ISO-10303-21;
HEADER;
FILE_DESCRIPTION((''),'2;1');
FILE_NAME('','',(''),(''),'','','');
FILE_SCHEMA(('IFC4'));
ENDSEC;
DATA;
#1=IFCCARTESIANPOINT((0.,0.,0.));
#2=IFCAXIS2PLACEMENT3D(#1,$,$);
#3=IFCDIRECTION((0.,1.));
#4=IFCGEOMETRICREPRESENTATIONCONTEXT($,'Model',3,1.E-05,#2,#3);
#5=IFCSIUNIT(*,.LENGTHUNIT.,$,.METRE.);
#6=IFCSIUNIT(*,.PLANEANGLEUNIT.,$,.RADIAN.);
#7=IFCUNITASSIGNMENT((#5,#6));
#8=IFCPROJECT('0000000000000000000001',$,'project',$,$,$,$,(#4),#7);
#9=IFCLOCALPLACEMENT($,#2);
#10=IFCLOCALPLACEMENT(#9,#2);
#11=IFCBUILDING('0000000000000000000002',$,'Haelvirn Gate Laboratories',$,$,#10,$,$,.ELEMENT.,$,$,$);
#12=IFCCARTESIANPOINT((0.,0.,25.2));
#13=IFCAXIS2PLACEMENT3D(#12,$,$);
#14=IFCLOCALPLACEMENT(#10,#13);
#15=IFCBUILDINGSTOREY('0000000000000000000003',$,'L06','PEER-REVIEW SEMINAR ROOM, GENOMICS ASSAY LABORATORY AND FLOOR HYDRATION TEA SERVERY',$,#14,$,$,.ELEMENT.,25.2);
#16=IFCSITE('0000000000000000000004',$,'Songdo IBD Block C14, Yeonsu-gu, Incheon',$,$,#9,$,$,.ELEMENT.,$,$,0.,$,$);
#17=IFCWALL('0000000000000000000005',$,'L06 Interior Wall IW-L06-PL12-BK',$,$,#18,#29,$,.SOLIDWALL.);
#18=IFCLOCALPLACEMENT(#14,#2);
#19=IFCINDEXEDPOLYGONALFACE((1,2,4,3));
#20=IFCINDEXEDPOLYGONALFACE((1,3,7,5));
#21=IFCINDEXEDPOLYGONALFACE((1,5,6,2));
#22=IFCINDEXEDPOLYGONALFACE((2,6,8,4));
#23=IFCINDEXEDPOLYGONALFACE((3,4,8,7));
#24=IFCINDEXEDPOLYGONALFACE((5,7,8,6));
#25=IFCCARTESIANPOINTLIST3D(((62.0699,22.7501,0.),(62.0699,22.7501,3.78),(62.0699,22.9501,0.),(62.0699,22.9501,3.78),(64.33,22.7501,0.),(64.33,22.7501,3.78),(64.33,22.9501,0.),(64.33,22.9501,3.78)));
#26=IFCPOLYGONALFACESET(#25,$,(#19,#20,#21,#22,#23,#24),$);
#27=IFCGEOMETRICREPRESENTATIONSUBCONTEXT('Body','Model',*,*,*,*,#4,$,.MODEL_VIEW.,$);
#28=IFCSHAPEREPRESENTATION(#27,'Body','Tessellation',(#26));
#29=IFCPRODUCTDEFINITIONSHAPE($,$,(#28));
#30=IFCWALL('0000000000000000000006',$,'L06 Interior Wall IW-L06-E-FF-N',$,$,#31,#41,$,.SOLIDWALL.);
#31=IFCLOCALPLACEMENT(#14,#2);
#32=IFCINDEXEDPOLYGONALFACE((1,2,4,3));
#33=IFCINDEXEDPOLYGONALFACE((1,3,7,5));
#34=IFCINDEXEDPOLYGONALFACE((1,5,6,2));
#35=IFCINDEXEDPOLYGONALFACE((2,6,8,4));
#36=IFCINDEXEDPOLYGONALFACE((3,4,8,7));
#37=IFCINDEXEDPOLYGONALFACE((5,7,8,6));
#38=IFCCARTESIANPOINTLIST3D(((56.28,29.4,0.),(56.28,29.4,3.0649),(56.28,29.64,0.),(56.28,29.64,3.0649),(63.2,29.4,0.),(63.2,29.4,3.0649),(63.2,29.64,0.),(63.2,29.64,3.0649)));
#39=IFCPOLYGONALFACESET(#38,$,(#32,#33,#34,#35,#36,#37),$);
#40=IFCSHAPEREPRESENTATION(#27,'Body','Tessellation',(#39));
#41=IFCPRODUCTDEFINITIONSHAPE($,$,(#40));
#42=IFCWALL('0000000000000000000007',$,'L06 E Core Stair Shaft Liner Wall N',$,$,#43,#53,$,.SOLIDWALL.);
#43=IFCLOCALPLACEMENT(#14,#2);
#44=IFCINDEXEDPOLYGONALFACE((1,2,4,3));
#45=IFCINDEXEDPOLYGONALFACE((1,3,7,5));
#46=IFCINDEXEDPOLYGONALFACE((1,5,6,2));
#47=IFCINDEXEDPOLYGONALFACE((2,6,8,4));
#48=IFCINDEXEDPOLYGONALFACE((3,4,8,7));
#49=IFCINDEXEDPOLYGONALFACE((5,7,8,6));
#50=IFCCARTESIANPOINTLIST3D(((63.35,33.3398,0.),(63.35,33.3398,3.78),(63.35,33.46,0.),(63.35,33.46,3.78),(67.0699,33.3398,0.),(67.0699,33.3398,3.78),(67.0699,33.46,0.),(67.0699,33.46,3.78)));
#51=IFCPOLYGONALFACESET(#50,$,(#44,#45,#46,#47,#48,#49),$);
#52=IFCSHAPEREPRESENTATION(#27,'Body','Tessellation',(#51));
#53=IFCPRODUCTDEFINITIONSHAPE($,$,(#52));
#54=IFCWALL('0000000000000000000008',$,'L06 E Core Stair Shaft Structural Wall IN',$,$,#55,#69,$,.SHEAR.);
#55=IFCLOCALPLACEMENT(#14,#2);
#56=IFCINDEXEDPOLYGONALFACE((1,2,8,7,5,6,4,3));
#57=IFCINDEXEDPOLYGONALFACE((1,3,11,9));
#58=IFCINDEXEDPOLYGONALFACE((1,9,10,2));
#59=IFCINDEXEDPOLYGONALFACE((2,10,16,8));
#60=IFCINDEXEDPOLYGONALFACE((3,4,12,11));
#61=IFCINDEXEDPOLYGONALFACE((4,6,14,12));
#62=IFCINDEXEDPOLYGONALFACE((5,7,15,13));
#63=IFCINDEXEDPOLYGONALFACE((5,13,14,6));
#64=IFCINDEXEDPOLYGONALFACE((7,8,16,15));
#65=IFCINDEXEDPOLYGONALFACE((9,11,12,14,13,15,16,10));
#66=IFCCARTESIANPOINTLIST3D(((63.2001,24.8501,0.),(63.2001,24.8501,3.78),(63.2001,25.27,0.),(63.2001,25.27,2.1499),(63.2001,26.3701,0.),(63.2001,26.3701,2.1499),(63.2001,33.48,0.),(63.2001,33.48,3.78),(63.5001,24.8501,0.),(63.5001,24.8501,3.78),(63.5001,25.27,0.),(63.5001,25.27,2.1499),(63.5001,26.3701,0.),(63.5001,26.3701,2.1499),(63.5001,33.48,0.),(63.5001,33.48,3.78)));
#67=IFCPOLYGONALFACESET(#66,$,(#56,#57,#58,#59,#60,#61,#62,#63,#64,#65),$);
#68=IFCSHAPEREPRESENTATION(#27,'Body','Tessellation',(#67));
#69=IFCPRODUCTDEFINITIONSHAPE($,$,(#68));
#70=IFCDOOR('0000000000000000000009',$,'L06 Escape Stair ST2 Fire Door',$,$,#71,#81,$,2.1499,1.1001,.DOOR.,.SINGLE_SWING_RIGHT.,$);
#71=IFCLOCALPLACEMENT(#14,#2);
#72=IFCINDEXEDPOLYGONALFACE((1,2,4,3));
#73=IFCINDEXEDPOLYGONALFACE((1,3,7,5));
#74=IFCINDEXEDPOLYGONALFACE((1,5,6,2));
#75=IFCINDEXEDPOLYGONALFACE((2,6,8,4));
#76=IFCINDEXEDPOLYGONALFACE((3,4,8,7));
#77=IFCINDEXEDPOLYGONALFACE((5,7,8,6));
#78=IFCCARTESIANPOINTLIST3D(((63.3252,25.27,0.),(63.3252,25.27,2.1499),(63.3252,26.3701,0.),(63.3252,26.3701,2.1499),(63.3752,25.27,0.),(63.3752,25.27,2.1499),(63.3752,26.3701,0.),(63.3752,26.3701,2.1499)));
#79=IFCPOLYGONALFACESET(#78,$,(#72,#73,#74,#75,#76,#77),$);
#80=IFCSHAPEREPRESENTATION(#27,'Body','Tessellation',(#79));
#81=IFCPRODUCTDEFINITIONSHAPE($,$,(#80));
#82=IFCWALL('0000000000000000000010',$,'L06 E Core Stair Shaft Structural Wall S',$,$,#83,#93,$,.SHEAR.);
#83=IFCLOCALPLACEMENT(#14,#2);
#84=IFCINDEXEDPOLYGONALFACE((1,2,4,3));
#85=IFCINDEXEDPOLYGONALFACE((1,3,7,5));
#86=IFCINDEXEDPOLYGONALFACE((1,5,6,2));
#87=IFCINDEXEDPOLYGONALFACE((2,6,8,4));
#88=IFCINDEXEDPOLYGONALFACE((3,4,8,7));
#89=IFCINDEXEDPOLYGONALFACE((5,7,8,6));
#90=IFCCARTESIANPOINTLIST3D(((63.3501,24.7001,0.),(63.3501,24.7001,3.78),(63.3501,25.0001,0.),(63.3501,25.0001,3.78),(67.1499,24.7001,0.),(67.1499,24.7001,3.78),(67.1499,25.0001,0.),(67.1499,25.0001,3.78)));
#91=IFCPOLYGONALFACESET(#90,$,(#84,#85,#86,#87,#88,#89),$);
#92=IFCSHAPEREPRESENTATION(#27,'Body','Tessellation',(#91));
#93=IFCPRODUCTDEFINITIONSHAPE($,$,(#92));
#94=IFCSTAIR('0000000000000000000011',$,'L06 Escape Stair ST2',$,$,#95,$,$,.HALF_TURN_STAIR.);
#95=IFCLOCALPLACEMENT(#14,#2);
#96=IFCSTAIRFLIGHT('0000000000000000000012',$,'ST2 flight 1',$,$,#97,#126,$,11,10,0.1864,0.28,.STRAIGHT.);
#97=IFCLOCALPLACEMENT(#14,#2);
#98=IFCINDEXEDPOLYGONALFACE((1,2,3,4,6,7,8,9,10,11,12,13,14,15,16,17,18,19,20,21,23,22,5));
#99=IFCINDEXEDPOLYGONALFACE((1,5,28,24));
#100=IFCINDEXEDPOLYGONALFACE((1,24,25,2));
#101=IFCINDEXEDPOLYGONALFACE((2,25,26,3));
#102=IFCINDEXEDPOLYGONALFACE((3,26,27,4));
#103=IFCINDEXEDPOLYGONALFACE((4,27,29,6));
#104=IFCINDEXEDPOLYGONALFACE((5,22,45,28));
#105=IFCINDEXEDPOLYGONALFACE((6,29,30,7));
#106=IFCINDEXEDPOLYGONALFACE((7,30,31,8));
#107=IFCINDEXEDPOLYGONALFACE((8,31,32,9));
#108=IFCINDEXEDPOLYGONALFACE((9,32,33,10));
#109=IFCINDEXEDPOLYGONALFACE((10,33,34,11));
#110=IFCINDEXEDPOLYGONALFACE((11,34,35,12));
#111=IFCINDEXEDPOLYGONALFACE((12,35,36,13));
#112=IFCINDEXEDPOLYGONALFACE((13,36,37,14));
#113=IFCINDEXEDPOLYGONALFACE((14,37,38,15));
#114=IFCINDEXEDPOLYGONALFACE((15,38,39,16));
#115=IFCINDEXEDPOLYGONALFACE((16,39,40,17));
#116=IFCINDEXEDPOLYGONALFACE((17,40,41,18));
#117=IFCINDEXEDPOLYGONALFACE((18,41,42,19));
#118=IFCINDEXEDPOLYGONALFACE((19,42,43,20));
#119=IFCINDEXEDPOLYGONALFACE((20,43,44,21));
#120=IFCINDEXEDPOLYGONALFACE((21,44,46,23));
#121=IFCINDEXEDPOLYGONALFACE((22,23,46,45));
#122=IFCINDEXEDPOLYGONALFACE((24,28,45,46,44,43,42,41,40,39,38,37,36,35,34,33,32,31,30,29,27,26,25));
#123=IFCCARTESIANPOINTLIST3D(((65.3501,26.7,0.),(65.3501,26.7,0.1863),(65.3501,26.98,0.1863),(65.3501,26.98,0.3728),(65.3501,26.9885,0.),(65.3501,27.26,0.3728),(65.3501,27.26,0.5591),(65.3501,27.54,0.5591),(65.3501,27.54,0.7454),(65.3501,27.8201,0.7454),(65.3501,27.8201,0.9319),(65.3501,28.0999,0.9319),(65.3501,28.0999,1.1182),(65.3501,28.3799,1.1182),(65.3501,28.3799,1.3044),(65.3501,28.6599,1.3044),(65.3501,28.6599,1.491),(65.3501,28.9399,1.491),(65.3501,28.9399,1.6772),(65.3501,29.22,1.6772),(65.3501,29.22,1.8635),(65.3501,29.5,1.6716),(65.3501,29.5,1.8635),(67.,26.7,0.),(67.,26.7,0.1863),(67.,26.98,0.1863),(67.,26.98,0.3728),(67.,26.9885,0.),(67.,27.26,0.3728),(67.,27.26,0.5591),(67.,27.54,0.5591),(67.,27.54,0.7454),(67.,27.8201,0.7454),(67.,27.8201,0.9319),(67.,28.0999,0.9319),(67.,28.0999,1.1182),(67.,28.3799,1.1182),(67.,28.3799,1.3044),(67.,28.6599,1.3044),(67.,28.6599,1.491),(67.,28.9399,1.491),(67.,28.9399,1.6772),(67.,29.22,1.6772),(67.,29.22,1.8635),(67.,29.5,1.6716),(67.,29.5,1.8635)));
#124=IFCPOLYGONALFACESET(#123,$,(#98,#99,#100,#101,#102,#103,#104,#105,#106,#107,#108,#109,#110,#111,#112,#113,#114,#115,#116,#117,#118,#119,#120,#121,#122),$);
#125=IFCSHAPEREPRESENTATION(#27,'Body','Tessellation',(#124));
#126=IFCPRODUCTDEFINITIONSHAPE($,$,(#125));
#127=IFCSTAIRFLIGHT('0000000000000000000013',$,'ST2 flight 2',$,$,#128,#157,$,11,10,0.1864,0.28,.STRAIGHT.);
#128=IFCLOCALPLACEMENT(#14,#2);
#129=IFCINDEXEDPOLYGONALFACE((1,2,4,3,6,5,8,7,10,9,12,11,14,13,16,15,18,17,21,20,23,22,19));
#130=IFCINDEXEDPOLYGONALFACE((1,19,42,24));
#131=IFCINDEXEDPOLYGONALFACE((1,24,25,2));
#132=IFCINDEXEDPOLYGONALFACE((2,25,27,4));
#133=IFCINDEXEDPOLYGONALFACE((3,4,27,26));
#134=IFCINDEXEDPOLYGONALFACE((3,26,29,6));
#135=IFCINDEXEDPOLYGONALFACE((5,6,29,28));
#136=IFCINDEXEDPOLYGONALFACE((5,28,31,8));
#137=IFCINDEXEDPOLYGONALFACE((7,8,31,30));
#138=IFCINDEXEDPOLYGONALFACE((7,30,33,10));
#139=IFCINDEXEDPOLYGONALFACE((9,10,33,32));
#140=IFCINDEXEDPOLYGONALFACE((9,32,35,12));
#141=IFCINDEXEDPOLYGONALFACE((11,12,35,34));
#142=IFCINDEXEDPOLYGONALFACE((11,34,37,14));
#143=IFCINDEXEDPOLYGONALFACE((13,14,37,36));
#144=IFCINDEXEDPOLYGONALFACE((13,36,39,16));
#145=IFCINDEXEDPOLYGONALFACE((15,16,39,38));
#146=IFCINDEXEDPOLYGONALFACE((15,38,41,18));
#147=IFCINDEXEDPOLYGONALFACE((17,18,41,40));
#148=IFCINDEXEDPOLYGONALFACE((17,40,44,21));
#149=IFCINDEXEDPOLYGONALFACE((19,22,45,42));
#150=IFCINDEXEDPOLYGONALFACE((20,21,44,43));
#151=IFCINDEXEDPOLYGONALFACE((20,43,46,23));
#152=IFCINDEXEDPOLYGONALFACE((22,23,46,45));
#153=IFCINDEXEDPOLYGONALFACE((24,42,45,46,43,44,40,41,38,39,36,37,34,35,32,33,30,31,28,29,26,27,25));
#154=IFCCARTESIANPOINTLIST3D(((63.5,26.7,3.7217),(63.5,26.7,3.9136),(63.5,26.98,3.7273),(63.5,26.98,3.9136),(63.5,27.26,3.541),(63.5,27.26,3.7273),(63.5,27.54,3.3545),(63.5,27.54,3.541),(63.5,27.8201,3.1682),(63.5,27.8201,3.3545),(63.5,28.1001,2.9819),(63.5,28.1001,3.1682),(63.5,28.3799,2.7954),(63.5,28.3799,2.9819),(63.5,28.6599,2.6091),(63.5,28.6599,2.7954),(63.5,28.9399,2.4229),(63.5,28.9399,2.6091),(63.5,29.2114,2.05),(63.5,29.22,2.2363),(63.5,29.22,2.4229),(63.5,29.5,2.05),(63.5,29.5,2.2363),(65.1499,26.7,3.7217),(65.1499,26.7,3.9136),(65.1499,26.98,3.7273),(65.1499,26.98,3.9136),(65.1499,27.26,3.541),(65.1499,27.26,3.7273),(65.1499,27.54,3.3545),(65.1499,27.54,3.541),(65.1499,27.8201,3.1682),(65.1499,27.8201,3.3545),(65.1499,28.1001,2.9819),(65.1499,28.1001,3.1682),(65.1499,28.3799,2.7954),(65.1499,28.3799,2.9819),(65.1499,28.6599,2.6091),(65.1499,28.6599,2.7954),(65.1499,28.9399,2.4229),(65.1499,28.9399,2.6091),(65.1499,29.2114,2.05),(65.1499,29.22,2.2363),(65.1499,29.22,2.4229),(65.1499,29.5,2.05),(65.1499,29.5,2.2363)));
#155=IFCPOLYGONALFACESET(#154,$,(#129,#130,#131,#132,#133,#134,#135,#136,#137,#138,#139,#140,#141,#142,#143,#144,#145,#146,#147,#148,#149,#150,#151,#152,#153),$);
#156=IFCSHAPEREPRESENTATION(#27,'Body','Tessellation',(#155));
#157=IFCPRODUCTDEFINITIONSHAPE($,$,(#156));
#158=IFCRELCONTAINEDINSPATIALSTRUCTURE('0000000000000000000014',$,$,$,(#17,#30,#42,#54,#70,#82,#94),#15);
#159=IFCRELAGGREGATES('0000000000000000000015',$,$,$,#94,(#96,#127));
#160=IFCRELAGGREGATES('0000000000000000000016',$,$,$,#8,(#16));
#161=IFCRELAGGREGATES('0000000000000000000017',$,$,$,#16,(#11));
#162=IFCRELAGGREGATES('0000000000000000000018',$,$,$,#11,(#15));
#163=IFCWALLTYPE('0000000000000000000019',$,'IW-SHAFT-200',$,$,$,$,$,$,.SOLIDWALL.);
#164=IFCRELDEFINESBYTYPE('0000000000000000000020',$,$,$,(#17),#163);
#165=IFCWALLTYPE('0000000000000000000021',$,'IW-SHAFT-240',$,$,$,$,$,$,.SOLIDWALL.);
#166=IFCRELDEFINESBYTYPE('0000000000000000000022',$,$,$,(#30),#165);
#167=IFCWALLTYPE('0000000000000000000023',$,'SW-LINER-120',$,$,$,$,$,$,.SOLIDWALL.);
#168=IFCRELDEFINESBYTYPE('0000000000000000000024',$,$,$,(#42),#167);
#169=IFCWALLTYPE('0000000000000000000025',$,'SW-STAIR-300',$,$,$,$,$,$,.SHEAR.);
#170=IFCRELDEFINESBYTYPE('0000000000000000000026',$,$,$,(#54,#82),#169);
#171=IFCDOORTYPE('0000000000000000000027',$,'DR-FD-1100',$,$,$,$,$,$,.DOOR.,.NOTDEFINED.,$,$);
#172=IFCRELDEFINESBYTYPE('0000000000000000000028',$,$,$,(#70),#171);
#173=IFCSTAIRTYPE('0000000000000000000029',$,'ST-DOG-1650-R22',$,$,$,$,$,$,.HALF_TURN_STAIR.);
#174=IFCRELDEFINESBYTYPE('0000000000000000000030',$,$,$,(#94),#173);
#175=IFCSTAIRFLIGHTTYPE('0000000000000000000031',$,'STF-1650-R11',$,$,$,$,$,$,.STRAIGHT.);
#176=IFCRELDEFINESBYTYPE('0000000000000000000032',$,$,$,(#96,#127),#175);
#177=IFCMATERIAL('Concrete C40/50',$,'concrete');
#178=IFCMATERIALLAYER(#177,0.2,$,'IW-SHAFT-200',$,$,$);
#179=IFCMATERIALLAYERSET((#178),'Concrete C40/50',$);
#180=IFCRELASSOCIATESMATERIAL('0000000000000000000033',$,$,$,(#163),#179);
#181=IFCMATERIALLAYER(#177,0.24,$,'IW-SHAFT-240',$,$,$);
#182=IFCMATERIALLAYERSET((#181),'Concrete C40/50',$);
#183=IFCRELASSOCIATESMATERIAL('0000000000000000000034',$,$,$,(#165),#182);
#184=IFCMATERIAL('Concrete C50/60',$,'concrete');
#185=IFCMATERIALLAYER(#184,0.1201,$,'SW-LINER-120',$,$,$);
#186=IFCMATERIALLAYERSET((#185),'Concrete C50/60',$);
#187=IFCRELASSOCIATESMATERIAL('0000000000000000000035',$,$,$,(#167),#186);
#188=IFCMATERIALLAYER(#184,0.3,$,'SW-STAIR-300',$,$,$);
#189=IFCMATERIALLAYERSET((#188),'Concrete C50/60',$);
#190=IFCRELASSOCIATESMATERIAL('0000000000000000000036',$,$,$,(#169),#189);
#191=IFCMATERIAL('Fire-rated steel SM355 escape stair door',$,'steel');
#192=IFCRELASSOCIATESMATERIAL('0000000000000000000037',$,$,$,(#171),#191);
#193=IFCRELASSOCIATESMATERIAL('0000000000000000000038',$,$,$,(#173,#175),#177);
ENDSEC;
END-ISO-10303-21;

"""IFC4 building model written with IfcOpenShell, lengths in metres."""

from ifc_helpers import new_model, si_unit, direction, frame, frame_2d, origin, place, context, subcontext, project, spatial, polyline, rectangle, outline, extrude, source, transform, mapped, material, layer, layer_set, type_object, type_shapes, element, fill, aggregate, save


model = new_model("IFC4")

# Units and contexts
model_context = context("Model", 3, precision=1e-05, world=origin(), true_north=direction((0.0, 1.0)))
body_context = subcontext(model_context, "Body", "Model", "MODEL_VIEW")
ifc_project = project(units=[si_unit("LENGTHUNIT", "METRE"), si_unit("PLANEANGLEUNIT", "RADIAN")], contexts=[model_context])

# Site, building, storey
site_placement = place(None, origin())
site = spatial("IfcSite", under=ifc_project, at=site_placement, Name="Songdo IBD Block C14, Yeonsu-gu, Incheon", CompositionType="ELEMENT", RefElevation=0.0)
building_placement = place(site_placement, origin())
building = spatial("IfcBuilding", under=site, at=building_placement, Name="Haelvirn Gate Laboratories", CompositionType="ELEMENT")
storey_placement = place(building_placement, frame((0.0, 0.0, 25.2)))
storey = spatial("IfcBuildingStorey", under=building, at=storey_placement, Name="L06", Description="PEER-REVIEW SEMINAR ROOM, GENOMICS ASSAY LABORATORY AND FLOOR HYDRATION TEA SERVERY", CompositionType="ELEMENT", Elevation=25.2)

# Walls
ifc_material_1 = material(Name="Concrete C40/50", Category="concrete")
ifc_layer_1 = layer(ifc_material_1, 0.2, Name="IW-SHAFT-200")
ifc_layer_set_1 = layer_set([ifc_layer_1], Name="Concrete C40/50")
wall_type_1 = type_object("IfcWallType", Name="IW-SHAFT-200", PredefinedType="SOLIDWALL", material=ifc_layer_set_1)
for number, where, z_axis, x_axis, name in (
    (1, (62.0701, 22.8501, 0.0), (0.0, 0.0, 1.0), (1.0, 0.0, 0.0), "L06 Interior Wall IW-L06-PL12-BK"),
):
    element("IfcWall", number, at=place(storey_placement, frame(where, z_axis=z_axis, x_axis=x_axis)), inside=storey, type_object=wall_type_1, Name=name, PredefinedType="SOLIDWALL", context=body_context, shape_type="SweptSolid", body=[
        extrude(rectangle(XDim=2.26, YDim=0.2, at=frame_2d((1.1299, 0.0))), origin(), (0.0, 0.0, 1.0), 3.78),
    ])
ifc_layer_2 = layer(ifc_material_1, 0.24, Name="IW-SHAFT-240")
ifc_layer_set_2 = layer_set([ifc_layer_2], Name="Concrete C40/50")
wall_type_2 = type_object("IfcWallType", Name="IW-SHAFT-240", PredefinedType="SOLIDWALL", material=ifc_layer_set_2)
wall_1_placement = place(storey_placement, frame((56.28, 29.52, 0.0), z_axis=(0.0, 0.0, 1.0), x_axis=(1.0, 0.0, 0.0)))
element("IfcWall", 2, at=wall_1_placement, inside=storey, type_object=wall_type_2, Name="L06 Interior Wall IW-L06-E-FF-N", PredefinedType="SOLIDWALL", context=body_context, shape_type="SweptSolid", body=[
    extrude(rectangle(XDim=6.9199, YDim=0.24, at=frame_2d((3.46, 0.0))), origin(), (0.0, 0.0, 1.0), 3.0649),
])
ifc_material_2 = material(Name="Concrete C50/60", Category="concrete")
ifc_layer_3 = layer(ifc_material_2, 0.1201, Name="SW-LINER-120")
ifc_layer_set_3 = layer_set([ifc_layer_3], Name="Concrete C50/60")
wall_type_3 = type_object("IfcWallType", Name="SW-LINER-120", PredefinedType="SOLIDWALL", material=ifc_layer_set_3)
wall_2_placement = place(storey_placement, frame((63.3501, 33.3999, 0.0), z_axis=(0.0, 0.0, 1.0), x_axis=(1.0, 0.0, 0.0)))
element("IfcWall", 3, at=wall_2_placement, inside=storey, type_object=wall_type_3, Name="L06 E Core Stair Shaft Liner Wall N", PredefinedType="SOLIDWALL", context=body_context, shape_type="SweptSolid", body=[
    extrude(rectangle(XDim=3.72, YDim=0.1201, at=frame_2d((1.8599, 0.0))), origin(), (0.0, 0.0, 1.0), 3.78),
])

# Wall, opening, door
ifc_layer_4 = layer(ifc_material_2, 0.3, Name="SW-STAIR-300")
ifc_layer_set_4 = layer_set([ifc_layer_4], Name="Concrete C50/60")
wall_type_4 = type_object("IfcWallType", Name="SW-STAIR-300", PredefinedType="SHEAR", material=ifc_layer_set_4)
wall_3_placement = place(storey_placement, frame((63.3501, 24.8501, 0.0), z_axis=(0.0, 0.0, 1.0), x_axis=(0.0, 1.0, 0.0)))
wall_3 = element("IfcWall", 4, at=wall_3_placement, inside=storey, type_object=wall_type_4, Name="L06 E Core Stair Shaft Structural Wall IN", PredefinedType="SHEAR", context=body_context, shape_type="SweptSolid", body=[
    extrude(rectangle(XDim=8.6299, YDim=0.3, at=frame_2d((4.3149, 0.0))), origin(), (0.0, 0.0, 1.0), 3.78),
])
opening_1_placement = place(wall_3_placement, frame((0.4199, 0.0, 0.0)))
opening_1 = element("IfcOpeningElement", 5, at=opening_1_placement, cuts=wall_3, PredefinedType="OPENING", context=body_context, shape_type="SweptSolid", body=[
    extrude(rectangle(XDim=1.1001, YDim=2.1499, at=frame_2d((0.55, 1.075))), frame((0.0, 0.1602, 0.0), z_axis=(0.0, -1.0, 0.0), x_axis=(1.0, 0.0, 0.0)), (0.0, 0.0, 1.0), 0.3201),
])
ifc_material_3 = material(Name="Fire-rated steel SM355 escape stair door", Category="steel")
door_type_1 = type_object("IfcDoorType", Name="DR-FD-1100", OperationType="NOTDEFINED", PredefinedType="DOOR", material=ifc_material_3)
shared_shape_1 = source(origin(), body_context, "Body", "SweptSolid", [
    extrude(rectangle(XDim=1.1001, YDim=2.1499, at=frame_2d((0.55, 1.075))), frame((0.0, 0.0249, 0.0), z_axis=(0.0, -1.0, 0.0), x_axis=(1.0, 0.0, 0.0)), (0.0, 0.0, 1.0), 0.05),
])
type_shapes(door_type_1, [shared_shape_1])
door_1_placement = place(opening_1_placement, origin())
door_1 = element("IfcDoor", 6, at=door_1_placement, inside=storey, type_object=door_type_1, Name="L06 Escape Stair ST2 Fire Door", OperationType="SINGLE_SWING_RIGHT", OverallHeight=2.1499, OverallWidth=1.1001, PredefinedType="DOOR", context=body_context, shape_type="MappedRepresentation", body=[
    mapped(shared_shape_1, transform((0.0, 0.0, 0.0), scale=1.0)),
])
fill(opening_1, door_1)

# Wall
wall_4_placement = place(storey_placement, frame((63.3501, 24.8501, 0.0), z_axis=(0.0, 0.0, 1.0), x_axis=(1.0, 0.0, 0.0)))
element("IfcWall", 7, at=wall_4_placement, inside=storey, type_object=wall_type_4, Name="L06 E Core Stair Shaft Structural Wall S", PredefinedType="SHEAR", context=body_context, shape_type="SweptSolid", body=[
    extrude(rectangle(XDim=3.7998, YDim=0.3, at=frame_2d((1.8999, 0.0))), origin(), (0.0, 0.0, 1.0), 3.78),
])

# Stair, stair flights
stair_type = type_object("IfcStairType", Name="ST-DOG-1650-R22", PredefinedType="HALF_TURN_STAIR", material=ifc_material_1)
stair_placement = place(storey_placement, origin())
stair = element("IfcStair", 8, at=stair_placement, inside=storey, type_object=stair_type, Name="L06 Escape Stair ST2", PredefinedType="HALF_TURN_STAIR")
stair_flight_type = type_object("IfcStairFlightType", Name="STF-1650-R11", PredefinedType="STRAIGHT", material=ifc_material_1)
shared_shape_2 = source(origin(), body_context, "Body", "SweptSolid", [
    extrude(outline(polyline([(0.0, 0.0), (0.0, 0.1863), (0.28, 0.1863), (0.28, 0.3728), (0.5601, 0.3728), (0.5601, 0.5591), (0.8401, 0.5591), (0.8401, 0.7454), (1.1201, 0.7454), (1.1201, 0.9319), (1.3999, 0.9319), (1.3999, 1.1182), (1.6799, 1.1182), (1.6799, 1.3044), (1.96, 1.3044), (1.96, 1.491), (2.24, 1.491), (2.24, 1.6772), (2.52, 1.6772), (2.52, 1.8635), (2.8, 1.8635), (2.8, 2.05), (2.8, 1.6716), (0.2886, 0.0), (0.0, 0.0)])), frame((0.0, 0.825, 0.0), z_axis=(0.0, -1.0, 0.0), x_axis=(1.0, 0.0, 0.0)), (0.0, 0.0, 1.0), 1.6499),
])
type_shapes(stair_flight_type, [shared_shape_2])
stair_flight_1_placement = place(storey_placement, frame((66.175, 26.7, 0.0), z_axis=(0.0, 0.0, 1.0), x_axis=(0.0, 1.0, 0.0)))
stair_flight_1 = element("IfcStairFlight", 9, at=stair_flight_1_placement, type_object=stair_flight_type, Name="ST2 flight 1", NumberOfRisers=11, NumberOfTreads=10, PredefinedType="STRAIGHT", RiserHeight=0.1864, TreadLength=0.28, context=body_context, shape_type="MappedRepresentation", body=[
    mapped(shared_shape_2, transform((0.0, 0.0, 0.0), scale=1.0)),
])
stair_flight_2_placement = place(storey_placement, frame((64.325, 29.5, 2.05), z_axis=(0.0, 0.0, 1.0), x_axis=(0.0, -1.0, 0.0)))
stair_flight_2 = element("IfcStairFlight", 10, at=stair_flight_2_placement, type_object=stair_flight_type, Name="ST2 flight 2", NumberOfRisers=11, NumberOfTreads=10, PredefinedType="STRAIGHT", RiserHeight=0.1864, TreadLength=0.28, context=body_context, shape_type="MappedRepresentation", body=[
    mapped(shared_shape_2, transform((0.0, 0.0, 0.0), scale=1.0)),
])
aggregate(stair, [stair_flight_1, stair_flight_2])

save(model, "model.ifc")
